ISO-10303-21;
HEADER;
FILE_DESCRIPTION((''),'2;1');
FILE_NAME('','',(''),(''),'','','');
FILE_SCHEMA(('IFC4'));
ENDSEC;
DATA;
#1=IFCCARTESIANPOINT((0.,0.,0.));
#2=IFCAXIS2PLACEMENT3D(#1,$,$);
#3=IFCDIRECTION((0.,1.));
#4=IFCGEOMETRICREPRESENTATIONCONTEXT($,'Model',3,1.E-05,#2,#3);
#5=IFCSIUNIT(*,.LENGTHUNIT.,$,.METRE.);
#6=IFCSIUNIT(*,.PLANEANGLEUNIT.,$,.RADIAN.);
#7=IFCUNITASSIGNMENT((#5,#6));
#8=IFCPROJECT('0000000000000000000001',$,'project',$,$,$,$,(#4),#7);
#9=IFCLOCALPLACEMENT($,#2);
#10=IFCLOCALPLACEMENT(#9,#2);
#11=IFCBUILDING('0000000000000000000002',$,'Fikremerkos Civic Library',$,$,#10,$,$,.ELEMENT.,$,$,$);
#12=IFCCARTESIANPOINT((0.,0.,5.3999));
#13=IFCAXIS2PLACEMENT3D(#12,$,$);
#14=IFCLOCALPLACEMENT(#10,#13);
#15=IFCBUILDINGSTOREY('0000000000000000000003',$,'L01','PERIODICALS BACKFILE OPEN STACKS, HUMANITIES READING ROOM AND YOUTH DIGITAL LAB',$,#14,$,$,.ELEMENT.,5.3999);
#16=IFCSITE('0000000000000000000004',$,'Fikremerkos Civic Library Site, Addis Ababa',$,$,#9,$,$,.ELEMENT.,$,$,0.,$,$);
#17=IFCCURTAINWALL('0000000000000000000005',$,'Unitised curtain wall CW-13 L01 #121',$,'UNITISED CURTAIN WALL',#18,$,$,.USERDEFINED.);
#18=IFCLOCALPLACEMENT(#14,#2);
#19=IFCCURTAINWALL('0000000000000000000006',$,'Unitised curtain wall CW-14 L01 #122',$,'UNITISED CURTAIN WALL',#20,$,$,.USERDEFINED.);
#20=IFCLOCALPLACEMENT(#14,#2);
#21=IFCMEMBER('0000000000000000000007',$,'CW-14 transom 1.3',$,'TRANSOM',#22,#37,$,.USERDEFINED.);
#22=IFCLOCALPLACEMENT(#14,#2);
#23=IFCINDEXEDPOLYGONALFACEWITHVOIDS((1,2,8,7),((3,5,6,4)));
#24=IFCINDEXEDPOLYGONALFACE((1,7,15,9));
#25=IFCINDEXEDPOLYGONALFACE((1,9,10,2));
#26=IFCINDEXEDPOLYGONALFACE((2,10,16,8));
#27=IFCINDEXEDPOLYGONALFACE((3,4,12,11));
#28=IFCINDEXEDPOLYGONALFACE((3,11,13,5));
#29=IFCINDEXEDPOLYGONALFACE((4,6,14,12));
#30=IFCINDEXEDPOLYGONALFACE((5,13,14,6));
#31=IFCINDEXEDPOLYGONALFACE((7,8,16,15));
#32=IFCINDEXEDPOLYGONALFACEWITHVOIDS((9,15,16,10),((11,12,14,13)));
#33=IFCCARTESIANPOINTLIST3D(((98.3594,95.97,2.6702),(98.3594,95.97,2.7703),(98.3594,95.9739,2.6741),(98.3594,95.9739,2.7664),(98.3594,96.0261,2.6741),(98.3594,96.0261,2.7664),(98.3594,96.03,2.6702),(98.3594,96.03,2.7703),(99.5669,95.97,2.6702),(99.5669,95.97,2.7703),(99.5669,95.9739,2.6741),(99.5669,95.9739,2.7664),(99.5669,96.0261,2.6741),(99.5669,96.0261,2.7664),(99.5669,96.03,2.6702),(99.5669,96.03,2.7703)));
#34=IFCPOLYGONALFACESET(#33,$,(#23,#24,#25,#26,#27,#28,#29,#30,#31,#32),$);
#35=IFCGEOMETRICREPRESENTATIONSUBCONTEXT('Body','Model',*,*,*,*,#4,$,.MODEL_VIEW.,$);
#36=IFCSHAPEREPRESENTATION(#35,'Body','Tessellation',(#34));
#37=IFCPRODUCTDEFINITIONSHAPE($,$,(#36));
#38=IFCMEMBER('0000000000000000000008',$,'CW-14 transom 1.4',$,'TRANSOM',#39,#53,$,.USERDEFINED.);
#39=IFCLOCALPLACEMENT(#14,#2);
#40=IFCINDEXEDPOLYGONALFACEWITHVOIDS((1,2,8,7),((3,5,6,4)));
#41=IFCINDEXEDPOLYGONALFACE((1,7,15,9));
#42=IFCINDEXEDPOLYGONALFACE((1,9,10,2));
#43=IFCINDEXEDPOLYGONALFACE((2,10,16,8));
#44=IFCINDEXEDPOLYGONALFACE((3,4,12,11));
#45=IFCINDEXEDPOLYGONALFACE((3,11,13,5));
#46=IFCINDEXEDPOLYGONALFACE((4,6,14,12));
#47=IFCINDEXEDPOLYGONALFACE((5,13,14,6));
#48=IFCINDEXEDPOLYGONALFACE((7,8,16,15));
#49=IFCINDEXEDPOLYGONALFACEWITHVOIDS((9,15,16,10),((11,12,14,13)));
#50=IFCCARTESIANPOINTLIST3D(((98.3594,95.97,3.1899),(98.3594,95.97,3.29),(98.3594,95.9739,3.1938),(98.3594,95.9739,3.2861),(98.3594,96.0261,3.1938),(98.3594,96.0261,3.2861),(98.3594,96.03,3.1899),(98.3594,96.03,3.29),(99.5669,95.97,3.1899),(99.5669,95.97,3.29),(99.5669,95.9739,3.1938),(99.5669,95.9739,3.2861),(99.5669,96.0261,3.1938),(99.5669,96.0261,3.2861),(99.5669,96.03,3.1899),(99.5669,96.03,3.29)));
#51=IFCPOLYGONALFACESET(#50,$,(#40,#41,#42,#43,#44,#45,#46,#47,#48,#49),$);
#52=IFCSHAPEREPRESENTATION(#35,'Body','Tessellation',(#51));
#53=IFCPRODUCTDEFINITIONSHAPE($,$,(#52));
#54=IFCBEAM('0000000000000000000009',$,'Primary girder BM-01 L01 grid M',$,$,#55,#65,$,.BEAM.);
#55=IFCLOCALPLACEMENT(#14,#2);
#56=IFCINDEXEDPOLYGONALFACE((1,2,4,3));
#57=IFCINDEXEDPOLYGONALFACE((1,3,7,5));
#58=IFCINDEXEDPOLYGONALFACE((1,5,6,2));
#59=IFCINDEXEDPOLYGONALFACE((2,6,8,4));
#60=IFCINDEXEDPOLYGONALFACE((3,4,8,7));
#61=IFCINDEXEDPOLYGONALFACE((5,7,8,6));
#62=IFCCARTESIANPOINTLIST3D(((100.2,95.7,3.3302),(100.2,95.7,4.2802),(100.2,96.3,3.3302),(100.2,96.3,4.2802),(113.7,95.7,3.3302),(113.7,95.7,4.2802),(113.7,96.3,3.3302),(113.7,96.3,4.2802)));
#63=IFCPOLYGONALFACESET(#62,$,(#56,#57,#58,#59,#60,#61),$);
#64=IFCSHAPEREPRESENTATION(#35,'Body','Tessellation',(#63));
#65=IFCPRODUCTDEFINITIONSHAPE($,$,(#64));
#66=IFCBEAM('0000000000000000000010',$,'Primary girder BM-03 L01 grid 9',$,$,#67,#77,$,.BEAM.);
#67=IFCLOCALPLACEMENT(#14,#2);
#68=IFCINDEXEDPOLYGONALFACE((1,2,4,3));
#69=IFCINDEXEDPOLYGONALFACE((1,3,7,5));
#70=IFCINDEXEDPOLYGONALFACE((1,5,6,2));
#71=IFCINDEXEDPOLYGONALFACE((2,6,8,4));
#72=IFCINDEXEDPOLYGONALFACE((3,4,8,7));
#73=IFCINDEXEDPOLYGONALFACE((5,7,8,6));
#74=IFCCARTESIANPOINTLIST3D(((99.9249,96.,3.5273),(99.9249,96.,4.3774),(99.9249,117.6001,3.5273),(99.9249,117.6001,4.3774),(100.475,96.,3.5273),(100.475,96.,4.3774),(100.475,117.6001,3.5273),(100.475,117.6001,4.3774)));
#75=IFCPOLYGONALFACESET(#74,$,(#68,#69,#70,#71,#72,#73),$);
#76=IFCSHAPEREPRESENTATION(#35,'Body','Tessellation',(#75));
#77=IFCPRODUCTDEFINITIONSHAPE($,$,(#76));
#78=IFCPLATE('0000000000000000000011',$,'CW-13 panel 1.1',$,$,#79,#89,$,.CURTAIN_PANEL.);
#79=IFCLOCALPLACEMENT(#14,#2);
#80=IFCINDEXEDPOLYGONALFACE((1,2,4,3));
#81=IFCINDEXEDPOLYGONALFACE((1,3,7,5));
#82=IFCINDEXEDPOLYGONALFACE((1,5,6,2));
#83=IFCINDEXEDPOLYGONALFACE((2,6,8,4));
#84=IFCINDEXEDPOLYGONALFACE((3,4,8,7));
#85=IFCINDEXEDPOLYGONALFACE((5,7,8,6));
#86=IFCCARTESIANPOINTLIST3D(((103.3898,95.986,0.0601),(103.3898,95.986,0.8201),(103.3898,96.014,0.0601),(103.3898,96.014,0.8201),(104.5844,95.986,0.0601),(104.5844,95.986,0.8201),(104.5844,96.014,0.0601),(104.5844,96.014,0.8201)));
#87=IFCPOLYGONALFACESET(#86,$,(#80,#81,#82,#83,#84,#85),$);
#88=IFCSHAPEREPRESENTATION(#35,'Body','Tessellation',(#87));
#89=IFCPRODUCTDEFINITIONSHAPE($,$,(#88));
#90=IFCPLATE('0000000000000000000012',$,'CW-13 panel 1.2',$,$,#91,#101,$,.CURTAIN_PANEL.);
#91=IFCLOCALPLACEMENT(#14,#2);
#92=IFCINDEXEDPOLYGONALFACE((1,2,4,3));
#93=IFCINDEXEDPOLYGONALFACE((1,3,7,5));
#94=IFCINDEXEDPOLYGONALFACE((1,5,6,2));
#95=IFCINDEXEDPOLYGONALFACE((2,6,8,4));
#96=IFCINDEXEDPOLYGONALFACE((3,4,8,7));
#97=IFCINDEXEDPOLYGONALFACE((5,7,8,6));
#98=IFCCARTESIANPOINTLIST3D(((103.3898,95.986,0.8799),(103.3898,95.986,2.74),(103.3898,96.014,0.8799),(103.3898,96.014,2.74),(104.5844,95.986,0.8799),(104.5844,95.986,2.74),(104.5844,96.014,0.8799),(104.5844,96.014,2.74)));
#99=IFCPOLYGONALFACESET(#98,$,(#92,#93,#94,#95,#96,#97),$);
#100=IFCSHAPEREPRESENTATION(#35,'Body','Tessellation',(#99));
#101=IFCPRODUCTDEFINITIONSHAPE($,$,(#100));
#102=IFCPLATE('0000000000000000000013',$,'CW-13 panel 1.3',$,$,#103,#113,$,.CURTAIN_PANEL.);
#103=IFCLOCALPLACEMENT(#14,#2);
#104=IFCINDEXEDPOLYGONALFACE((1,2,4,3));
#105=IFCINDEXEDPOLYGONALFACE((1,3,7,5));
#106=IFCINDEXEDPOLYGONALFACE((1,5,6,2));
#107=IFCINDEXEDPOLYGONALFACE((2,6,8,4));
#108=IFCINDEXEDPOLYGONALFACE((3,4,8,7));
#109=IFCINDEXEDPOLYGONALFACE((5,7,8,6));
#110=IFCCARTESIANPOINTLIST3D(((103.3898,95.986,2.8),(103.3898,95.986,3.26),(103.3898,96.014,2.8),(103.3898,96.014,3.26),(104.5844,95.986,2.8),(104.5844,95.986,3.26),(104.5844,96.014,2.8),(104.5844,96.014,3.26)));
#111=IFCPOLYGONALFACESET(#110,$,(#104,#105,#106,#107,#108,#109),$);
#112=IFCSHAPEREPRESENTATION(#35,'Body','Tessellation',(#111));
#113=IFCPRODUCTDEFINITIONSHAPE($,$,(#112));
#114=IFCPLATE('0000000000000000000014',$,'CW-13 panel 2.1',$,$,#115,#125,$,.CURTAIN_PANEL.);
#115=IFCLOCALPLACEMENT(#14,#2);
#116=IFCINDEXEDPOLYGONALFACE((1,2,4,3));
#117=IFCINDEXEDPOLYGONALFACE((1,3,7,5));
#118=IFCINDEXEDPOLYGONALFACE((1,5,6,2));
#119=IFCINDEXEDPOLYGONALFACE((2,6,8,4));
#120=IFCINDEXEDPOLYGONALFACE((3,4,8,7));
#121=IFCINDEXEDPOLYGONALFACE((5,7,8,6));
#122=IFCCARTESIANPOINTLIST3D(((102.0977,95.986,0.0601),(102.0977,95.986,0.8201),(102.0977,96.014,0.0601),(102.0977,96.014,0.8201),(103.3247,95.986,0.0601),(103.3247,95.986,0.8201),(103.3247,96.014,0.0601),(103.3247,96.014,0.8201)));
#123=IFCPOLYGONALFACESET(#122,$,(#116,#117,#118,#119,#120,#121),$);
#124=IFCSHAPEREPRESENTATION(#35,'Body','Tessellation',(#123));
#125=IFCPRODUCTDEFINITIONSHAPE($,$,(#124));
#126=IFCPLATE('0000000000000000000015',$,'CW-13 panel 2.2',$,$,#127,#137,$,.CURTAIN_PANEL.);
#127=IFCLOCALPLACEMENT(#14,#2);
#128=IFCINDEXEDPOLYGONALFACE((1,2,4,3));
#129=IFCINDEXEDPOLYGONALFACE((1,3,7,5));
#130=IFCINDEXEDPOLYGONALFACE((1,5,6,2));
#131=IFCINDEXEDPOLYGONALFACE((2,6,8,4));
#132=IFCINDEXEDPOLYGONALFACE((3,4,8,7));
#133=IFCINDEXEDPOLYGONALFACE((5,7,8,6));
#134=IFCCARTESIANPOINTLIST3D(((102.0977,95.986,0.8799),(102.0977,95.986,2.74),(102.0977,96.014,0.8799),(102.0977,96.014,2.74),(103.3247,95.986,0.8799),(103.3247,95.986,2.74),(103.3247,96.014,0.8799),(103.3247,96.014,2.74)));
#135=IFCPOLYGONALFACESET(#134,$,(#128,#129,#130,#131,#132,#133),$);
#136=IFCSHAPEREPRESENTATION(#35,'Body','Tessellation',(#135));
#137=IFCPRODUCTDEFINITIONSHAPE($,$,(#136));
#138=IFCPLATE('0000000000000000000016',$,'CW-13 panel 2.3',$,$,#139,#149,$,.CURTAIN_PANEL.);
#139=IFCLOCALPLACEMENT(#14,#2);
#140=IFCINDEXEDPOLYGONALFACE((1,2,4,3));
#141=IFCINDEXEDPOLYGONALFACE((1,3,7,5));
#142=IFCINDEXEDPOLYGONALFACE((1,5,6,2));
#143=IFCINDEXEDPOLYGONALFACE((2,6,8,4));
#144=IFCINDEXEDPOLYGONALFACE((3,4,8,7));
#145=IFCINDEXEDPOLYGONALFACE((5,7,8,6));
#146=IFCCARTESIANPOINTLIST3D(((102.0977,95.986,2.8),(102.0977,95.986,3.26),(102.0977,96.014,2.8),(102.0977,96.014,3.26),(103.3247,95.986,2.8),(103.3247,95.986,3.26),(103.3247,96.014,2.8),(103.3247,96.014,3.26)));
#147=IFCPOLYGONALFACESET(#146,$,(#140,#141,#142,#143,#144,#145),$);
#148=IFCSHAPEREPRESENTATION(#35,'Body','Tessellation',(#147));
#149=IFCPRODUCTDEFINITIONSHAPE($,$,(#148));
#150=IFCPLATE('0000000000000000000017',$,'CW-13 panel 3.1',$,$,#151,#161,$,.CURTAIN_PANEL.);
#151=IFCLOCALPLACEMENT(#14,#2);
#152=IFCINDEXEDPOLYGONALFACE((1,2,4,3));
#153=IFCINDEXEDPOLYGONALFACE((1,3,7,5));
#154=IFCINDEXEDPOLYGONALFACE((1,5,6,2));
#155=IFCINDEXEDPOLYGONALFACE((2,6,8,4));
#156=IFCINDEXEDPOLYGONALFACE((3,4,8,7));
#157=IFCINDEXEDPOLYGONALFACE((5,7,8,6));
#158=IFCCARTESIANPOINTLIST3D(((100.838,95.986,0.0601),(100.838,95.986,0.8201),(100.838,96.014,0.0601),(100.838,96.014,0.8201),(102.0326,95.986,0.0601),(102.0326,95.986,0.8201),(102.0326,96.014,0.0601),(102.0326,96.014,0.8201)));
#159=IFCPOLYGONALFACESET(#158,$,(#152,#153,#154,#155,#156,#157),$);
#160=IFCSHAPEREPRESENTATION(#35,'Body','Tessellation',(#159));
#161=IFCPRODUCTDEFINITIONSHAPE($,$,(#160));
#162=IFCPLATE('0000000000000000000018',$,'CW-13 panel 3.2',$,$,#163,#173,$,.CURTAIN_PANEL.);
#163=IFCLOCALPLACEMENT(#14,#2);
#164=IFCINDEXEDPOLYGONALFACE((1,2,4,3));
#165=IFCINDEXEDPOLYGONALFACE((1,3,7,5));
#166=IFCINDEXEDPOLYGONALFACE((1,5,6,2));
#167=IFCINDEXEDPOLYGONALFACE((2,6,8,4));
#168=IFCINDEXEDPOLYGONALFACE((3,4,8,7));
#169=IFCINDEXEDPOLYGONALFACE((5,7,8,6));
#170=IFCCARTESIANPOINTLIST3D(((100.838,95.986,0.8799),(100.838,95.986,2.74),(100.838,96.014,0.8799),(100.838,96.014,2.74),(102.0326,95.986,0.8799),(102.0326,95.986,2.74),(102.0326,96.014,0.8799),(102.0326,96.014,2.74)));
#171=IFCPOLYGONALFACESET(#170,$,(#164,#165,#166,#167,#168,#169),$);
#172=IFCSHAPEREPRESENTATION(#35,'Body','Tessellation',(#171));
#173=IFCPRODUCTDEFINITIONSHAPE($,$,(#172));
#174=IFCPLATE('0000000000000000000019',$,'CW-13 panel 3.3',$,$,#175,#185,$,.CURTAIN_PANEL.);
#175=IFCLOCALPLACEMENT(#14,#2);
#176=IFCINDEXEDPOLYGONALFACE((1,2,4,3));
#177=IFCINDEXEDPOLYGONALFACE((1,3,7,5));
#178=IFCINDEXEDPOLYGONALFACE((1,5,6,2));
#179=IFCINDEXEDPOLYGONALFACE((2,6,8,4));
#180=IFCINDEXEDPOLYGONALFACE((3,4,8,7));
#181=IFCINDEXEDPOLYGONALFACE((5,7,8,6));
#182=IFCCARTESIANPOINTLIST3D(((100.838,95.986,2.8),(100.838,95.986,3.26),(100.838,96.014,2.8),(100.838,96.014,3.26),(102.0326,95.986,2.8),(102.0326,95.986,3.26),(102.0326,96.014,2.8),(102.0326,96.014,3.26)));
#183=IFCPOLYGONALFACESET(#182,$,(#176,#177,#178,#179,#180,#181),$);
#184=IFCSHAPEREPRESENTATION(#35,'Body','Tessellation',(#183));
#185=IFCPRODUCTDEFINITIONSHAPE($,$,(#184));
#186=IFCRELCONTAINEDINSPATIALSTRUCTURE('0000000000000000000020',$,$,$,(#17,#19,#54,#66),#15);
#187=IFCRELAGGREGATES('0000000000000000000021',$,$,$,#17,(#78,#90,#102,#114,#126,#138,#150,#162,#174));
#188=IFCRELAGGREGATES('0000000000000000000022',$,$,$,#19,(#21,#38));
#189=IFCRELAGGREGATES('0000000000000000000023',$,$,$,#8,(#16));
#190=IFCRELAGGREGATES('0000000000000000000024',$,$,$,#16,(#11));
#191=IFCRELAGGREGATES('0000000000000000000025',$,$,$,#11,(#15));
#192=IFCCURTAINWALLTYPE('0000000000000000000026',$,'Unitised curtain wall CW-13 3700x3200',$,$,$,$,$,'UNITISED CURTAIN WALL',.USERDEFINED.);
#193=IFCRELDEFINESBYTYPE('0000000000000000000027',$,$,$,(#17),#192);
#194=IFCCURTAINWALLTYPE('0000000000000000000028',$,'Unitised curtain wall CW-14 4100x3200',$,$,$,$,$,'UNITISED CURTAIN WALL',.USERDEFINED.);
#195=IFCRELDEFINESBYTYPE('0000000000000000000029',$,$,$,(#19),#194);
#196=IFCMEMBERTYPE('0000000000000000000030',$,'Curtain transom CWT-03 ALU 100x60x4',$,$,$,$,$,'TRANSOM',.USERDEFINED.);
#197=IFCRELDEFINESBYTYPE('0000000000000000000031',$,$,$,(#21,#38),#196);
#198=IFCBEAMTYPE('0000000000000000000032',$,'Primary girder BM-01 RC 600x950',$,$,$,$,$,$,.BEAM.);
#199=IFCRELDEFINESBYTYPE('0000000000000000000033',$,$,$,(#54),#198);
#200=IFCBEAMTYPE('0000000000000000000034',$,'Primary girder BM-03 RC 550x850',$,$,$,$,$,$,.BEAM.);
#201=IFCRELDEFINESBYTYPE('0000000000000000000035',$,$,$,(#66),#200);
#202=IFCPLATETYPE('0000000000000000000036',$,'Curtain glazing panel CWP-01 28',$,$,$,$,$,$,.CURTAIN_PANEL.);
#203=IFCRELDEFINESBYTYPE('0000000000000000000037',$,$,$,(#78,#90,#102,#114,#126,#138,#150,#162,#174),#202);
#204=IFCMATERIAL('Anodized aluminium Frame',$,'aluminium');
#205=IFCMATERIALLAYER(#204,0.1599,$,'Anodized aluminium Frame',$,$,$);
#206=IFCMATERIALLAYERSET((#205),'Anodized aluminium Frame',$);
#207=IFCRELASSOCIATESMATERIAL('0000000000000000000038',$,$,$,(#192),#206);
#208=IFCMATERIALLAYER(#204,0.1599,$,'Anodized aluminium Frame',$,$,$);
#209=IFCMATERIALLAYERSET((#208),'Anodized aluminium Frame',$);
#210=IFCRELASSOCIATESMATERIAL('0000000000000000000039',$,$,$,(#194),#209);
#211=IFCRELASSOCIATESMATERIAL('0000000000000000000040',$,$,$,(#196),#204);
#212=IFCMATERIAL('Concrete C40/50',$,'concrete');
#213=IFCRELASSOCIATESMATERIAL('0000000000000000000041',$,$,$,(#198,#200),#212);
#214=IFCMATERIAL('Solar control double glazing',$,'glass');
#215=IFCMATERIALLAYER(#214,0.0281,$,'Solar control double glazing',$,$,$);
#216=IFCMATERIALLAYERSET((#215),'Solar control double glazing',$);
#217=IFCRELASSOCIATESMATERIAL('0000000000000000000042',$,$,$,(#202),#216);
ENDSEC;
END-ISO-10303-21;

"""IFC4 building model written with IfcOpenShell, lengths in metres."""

from ifc_helpers import new_model, si_unit, direction, frame, origin, origin_2d, place, context, subcontext, project, spatial, rectangle, hollow_rectangle, extrude, material, layer, layer_set, material_profile, profile_set, type_object, element, aggregate, save


model = new_model("IFC4")

# Units and contexts
model_context = context("Model", 3, precision=1e-05, world=origin(), true_north=direction((0.0, 1.0)))
body_context = subcontext(model_context, "Body", "Model", "MODEL_VIEW")
ifc_project = project(units=[si_unit("LENGTHUNIT", "METRE"), si_unit("PLANEANGLEUNIT", "RADIAN")], contexts=[model_context])

# Site, building, storey
site_placement = place(None, origin())
site = spatial("IfcSite", under=ifc_project, at=site_placement, Name="Fikremerkos Civic Library Site, Addis Ababa", CompositionType="ELEMENT", RefElevation=0.0)
building_placement = place(site_placement, origin())
building = spatial("IfcBuilding", under=site, at=building_placement, Name="Fikremerkos Civic Library", CompositionType="ELEMENT")
storey_placement = place(building_placement, frame((0.0, 0.0, 5.3999)))
storey = spatial("IfcBuildingStorey", under=building, at=storey_placement, Name="L01", Description="PERIODICALS BACKFILE OPEN STACKS, HUMANITIES READING ROOM AND YOUTH DIGITAL LAB", CompositionType="ELEMENT", Elevation=5.3999)

# Shared definitions
ifc_material_1 = material(Name="Concrete C40/50", Category="concrete")

# Curtain wall
ifc_material_2 = material(Name="Anodized aluminium Frame", Category="aluminium")
ifc_layer_1 = layer(ifc_material_2, 0.1599, Name="Anodized aluminium Frame")
ifc_layer_set_1 = layer_set([ifc_layer_1], Name="Anodized aluminium Frame")
curtain_wall_type_1 = type_object("IfcCurtainWallType", Name="Unitised curtain wall CW-13 3700x3200", ElementType="UNITISED CURTAIN WALL", PredefinedType="USERDEFINED", material=ifc_layer_set_1)
curtain_wall_1_placement = place(storey_placement, origin())
curtain_wall_1 = element("IfcCurtainWall", 1, at=curtain_wall_1_placement, inside=storey, type_object=curtain_wall_type_1, Name="Unitised curtain wall CW-13 L01 #121", ObjectType="UNITISED CURTAIN WALL", PredefinedType="USERDEFINED")

# Curtain wall
ifc_layer_2 = layer(ifc_material_2, 0.1599, Name="Anodized aluminium Frame")
ifc_layer_set_2 = layer_set([ifc_layer_2], Name="Anodized aluminium Frame")
curtain_wall_type_2 = type_object("IfcCurtainWallType", Name="Unitised curtain wall CW-14 4100x3200", ElementType="UNITISED CURTAIN WALL", PredefinedType="USERDEFINED", material=ifc_layer_set_2)
curtain_wall_2_placement = place(storey_placement, origin())
curtain_wall_2 = element("IfcCurtainWall", 2, at=curtain_wall_2_placement, inside=storey, type_object=curtain_wall_type_2, Name="Unitised curtain wall CW-14 L01 #122", ObjectType="UNITISED CURTAIN WALL", PredefinedType="USERDEFINED")

# Members
ifc_material_profile_1 = material_profile(ifc_material_2, hollow_rectangle(XDim=0.0601, YDim=0.1001, WallThickness=0.0039, at=origin_2d()), Name="ALU 100x60x4")
ifc_profile_set_1 = profile_set([ifc_material_profile_1], Name="Anodized aluminium Frame")
member_type_1 = type_object("IfcMemberType", Name="Curtain transom CWT-03 ALU 100x60x4", ElementType="TRANSOM", PredefinedType="USERDEFINED", material=ifc_profile_set_1)
member_1_placement = place(storey_placement, frame((99.5669, 96.0, 2.7202), z_axis=(-1.0, 0.0, 0.0), x_axis=(0.0, -1.0, 0.0)))
member_1 = element("IfcMember", 3, at=member_1_placement, type_object=member_type_1, Name="CW-14 transom 1.3", ObjectType="TRANSOM", PredefinedType="USERDEFINED", context=body_context, shape_type="SweptSolid", body=[
    extrude(hollow_rectangle(XDim=0.0601, YDim=0.1001, WallThickness=0.0039, at=origin_2d()), origin(), (0.0, 0.0, 1.0), 1.2075),
])
member_2_placement = place(storey_placement, frame((99.5669, 96.0, 3.24), z_axis=(-1.0, 0.0, 0.0), x_axis=(0.0, -1.0, 0.0)))
member_2 = element("IfcMember", 4, at=member_2_placement, type_object=member_type_1, Name="CW-14 transom 1.4", ObjectType="TRANSOM", PredefinedType="USERDEFINED", context=body_context, shape_type="SweptSolid", body=[
    extrude(hollow_rectangle(XDim=0.0601, YDim=0.1001, WallThickness=0.0039, at=origin_2d()), origin(), (0.0, 0.0, 1.0), 1.2075),
])

# Beams
ifc_material_profile_2 = material_profile(ifc_material_1, rectangle(XDim=0.6001, YDim=0.95, at=origin_2d()), Name="RC 600x950")
ifc_profile_set_2 = profile_set([ifc_material_profile_2], Name="Concrete C40/50")
beam_type_1 = type_object("IfcBeamType", Name="Primary girder BM-01 RC 600x950", PredefinedType="BEAM", material=ifc_profile_set_2)
beam_1_placement = place(storey_placement, frame((100.2, 96.0, 3.8052), z_axis=(1.0, 0.0, 0.0), x_axis=(0.0, 1.0, 0.0)))
element("IfcBeam", 5, at=beam_1_placement, inside=storey, type_object=beam_type_1, Name="Primary girder BM-01 L01 grid M", PredefinedType="BEAM", context=body_context, shape_type="SweptSolid", body=[
    extrude(rectangle(XDim=0.6001, YDim=0.95, at=origin_2d()), origin(), (0.0, 0.0, 1.0), 13.5),
])
ifc_material_profile_3 = material_profile(ifc_material_1, rectangle(XDim=0.55, YDim=0.8501, at=origin_2d()), Name="RC 550x850")
ifc_profile_set_3 = profile_set([ifc_material_profile_3], Name="Concrete C40/50")
beam_type_2 = type_object("IfcBeamType", Name="Primary girder BM-03 RC 550x850", PredefinedType="BEAM", material=ifc_profile_set_3)
beam_2_placement = place(storey_placement, frame((100.2, 96.0, 3.9524), z_axis=(0.0, 1.0, 0.0), x_axis=(-1.0, 0.0, 0.0)))
element("IfcBeam", 6, at=beam_2_placement, inside=storey, type_object=beam_type_2, Name="Primary girder BM-03 L01 grid 9", PredefinedType="BEAM", context=body_context, shape_type="SweptSolid", body=[
    extrude(rectangle(XDim=0.55, YDim=0.8501, at=origin_2d()), origin(), (0.0, 0.0, 1.0), 21.6001),
])

# Plates
ifc_material_3 = material(Name="Solar control double glazing", Category="glass")
ifc_layer_3 = layer(ifc_material_3, 0.0281, Name="Solar control double glazing")
ifc_layer_set_3 = layer_set([ifc_layer_3], Name="Solar control double glazing")
plate_type_1 = type_object("IfcPlateType", Name="Curtain glazing panel CWP-01 28", PredefinedType="CURTAIN_PANEL", material=ifc_layer_set_3)
plate_1_placement = place(storey_placement, frame((103.9871, 96.0, 0.0601), z_axis=(0.0, 0.0, 1.0), x_axis=(-1.0, 0.0, 0.0)))
plate_1 = element("IfcPlate", 7, at=plate_1_placement, type_object=plate_type_1, Name="CW-13 panel 1.1", PredefinedType="CURTAIN_PANEL", context=body_context, shape_type="SweptSolid", body=[
    extrude(rectangle(XDim=1.1946, YDim=0.0281, at=origin_2d()), origin(), (0.0, 0.0, 1.0), 0.76),
])
plate_2_placement = place(storey_placement, frame((103.9871, 96.0, 0.8799), z_axis=(0.0, 0.0, 1.0), x_axis=(-1.0, 0.0, 0.0)))
plate_2 = element("IfcPlate", 8, at=plate_2_placement, type_object=plate_type_1, Name="CW-13 panel 1.2", PredefinedType="CURTAIN_PANEL", context=body_context, shape_type="SweptSolid", body=[
    extrude(rectangle(XDim=1.1946, YDim=0.0281, at=origin_2d()), origin(), (0.0, 0.0, 1.0), 1.8601),
])
plate_3_placement = place(storey_placement, frame((103.9871, 96.0, 2.8), z_axis=(0.0, 0.0, 1.0), x_axis=(-1.0, 0.0, 0.0)))
plate_3 = element("IfcPlate", 9, at=plate_3_placement, type_object=plate_type_1, Name="CW-13 panel 1.3", PredefinedType="CURTAIN_PANEL", context=body_context, shape_type="SweptSolid", body=[
    extrude(rectangle(XDim=1.1946, YDim=0.0281, at=origin_2d()), origin(), (0.0, 0.0, 1.0), 0.46),
])
plate_4_placement = place(storey_placement, frame((102.7112, 96.0, 0.0601), z_axis=(0.0, 0.0, 1.0), x_axis=(-1.0, 0.0, 0.0)))
plate_4 = element("IfcPlate", 10, at=plate_4_placement, type_object=plate_type_1, Name="CW-13 panel 2.1", PredefinedType="CURTAIN_PANEL", context=body_context, shape_type="SweptSolid", body=[
    extrude(rectangle(XDim=1.2271, YDim=0.0281, at=origin_2d()), origin(), (0.0, 0.0, 1.0), 0.76),
])
plate_5_placement = place(storey_placement, frame((102.7112, 96.0, 0.8799), z_axis=(0.0, 0.0, 1.0), x_axis=(-1.0, 0.0, 0.0)))
plate_5 = element("IfcPlate", 11, at=plate_5_placement, type_object=plate_type_1, Name="CW-13 panel 2.2", PredefinedType="CURTAIN_PANEL", context=body_context, shape_type="SweptSolid", body=[
    extrude(rectangle(XDim=1.2271, YDim=0.0281, at=origin_2d()), origin(), (0.0, 0.0, 1.0), 1.8601),
])
plate_6_placement = place(storey_placement, frame((102.7112, 96.0, 2.8), z_axis=(0.0, 0.0, 1.0), x_axis=(-1.0, 0.0, 0.0)))
plate_6 = element("IfcPlate", 12, at=plate_6_placement, type_object=plate_type_1, Name="CW-13 panel 2.3", PredefinedType="CURTAIN_PANEL", context=body_context, shape_type="SweptSolid", body=[
    extrude(rectangle(XDim=1.2271, YDim=0.0281, at=origin_2d()), origin(), (0.0, 0.0, 1.0), 0.46),
])
plate_7_placement = place(storey_placement, frame((101.4353, 96.0, 0.0601), z_axis=(0.0, 0.0, 1.0), x_axis=(-1.0, 0.0, 0.0)))
plate_7 = element("IfcPlate", 13, at=plate_7_placement, type_object=plate_type_1, Name="CW-13 panel 3.1", PredefinedType="CURTAIN_PANEL", context=body_context, shape_type="SweptSolid", body=[
    extrude(rectangle(XDim=1.1946, YDim=0.0281, at=origin_2d()), origin(), (0.0, 0.0, 1.0), 0.76),
])
plate_8_placement = place(storey_placement, frame((101.4353, 96.0, 0.8799), z_axis=(0.0, 0.0, 1.0), x_axis=(-1.0, 0.0, 0.0)))
plate_8 = element("IfcPlate", 14, at=plate_8_placement, type_object=plate_type_1, Name="CW-13 panel 3.2", PredefinedType="CURTAIN_PANEL", context=body_context, shape_type="SweptSolid", body=[
    extrude(rectangle(XDim=1.1946, YDim=0.0281, at=origin_2d()), origin(), (0.0, 0.0, 1.0), 1.8601),
])
plate_9_placement = place(storey_placement, frame((101.4353, 96.0, 2.8), z_axis=(0.0, 0.0, 1.0), x_axis=(-1.0, 0.0, 0.0)))
plate_9 = element("IfcPlate", 15, at=plate_9_placement, type_object=plate_type_1, Name="CW-13 panel 3.3", PredefinedType="CURTAIN_PANEL", context=body_context, shape_type="SweptSolid", body=[
    extrude(rectangle(XDim=1.1946, YDim=0.0281, at=origin_2d()), origin(), (0.0, 0.0, 1.0), 0.46),
])
aggregate(curtain_wall_1, [plate_1, plate_2, plate_3, plate_4, plate_5, plate_6, plate_7, plate_8, plate_9])
aggregate(curtain_wall_2, [member_1, member_2])

save(model, "model.ifc")
